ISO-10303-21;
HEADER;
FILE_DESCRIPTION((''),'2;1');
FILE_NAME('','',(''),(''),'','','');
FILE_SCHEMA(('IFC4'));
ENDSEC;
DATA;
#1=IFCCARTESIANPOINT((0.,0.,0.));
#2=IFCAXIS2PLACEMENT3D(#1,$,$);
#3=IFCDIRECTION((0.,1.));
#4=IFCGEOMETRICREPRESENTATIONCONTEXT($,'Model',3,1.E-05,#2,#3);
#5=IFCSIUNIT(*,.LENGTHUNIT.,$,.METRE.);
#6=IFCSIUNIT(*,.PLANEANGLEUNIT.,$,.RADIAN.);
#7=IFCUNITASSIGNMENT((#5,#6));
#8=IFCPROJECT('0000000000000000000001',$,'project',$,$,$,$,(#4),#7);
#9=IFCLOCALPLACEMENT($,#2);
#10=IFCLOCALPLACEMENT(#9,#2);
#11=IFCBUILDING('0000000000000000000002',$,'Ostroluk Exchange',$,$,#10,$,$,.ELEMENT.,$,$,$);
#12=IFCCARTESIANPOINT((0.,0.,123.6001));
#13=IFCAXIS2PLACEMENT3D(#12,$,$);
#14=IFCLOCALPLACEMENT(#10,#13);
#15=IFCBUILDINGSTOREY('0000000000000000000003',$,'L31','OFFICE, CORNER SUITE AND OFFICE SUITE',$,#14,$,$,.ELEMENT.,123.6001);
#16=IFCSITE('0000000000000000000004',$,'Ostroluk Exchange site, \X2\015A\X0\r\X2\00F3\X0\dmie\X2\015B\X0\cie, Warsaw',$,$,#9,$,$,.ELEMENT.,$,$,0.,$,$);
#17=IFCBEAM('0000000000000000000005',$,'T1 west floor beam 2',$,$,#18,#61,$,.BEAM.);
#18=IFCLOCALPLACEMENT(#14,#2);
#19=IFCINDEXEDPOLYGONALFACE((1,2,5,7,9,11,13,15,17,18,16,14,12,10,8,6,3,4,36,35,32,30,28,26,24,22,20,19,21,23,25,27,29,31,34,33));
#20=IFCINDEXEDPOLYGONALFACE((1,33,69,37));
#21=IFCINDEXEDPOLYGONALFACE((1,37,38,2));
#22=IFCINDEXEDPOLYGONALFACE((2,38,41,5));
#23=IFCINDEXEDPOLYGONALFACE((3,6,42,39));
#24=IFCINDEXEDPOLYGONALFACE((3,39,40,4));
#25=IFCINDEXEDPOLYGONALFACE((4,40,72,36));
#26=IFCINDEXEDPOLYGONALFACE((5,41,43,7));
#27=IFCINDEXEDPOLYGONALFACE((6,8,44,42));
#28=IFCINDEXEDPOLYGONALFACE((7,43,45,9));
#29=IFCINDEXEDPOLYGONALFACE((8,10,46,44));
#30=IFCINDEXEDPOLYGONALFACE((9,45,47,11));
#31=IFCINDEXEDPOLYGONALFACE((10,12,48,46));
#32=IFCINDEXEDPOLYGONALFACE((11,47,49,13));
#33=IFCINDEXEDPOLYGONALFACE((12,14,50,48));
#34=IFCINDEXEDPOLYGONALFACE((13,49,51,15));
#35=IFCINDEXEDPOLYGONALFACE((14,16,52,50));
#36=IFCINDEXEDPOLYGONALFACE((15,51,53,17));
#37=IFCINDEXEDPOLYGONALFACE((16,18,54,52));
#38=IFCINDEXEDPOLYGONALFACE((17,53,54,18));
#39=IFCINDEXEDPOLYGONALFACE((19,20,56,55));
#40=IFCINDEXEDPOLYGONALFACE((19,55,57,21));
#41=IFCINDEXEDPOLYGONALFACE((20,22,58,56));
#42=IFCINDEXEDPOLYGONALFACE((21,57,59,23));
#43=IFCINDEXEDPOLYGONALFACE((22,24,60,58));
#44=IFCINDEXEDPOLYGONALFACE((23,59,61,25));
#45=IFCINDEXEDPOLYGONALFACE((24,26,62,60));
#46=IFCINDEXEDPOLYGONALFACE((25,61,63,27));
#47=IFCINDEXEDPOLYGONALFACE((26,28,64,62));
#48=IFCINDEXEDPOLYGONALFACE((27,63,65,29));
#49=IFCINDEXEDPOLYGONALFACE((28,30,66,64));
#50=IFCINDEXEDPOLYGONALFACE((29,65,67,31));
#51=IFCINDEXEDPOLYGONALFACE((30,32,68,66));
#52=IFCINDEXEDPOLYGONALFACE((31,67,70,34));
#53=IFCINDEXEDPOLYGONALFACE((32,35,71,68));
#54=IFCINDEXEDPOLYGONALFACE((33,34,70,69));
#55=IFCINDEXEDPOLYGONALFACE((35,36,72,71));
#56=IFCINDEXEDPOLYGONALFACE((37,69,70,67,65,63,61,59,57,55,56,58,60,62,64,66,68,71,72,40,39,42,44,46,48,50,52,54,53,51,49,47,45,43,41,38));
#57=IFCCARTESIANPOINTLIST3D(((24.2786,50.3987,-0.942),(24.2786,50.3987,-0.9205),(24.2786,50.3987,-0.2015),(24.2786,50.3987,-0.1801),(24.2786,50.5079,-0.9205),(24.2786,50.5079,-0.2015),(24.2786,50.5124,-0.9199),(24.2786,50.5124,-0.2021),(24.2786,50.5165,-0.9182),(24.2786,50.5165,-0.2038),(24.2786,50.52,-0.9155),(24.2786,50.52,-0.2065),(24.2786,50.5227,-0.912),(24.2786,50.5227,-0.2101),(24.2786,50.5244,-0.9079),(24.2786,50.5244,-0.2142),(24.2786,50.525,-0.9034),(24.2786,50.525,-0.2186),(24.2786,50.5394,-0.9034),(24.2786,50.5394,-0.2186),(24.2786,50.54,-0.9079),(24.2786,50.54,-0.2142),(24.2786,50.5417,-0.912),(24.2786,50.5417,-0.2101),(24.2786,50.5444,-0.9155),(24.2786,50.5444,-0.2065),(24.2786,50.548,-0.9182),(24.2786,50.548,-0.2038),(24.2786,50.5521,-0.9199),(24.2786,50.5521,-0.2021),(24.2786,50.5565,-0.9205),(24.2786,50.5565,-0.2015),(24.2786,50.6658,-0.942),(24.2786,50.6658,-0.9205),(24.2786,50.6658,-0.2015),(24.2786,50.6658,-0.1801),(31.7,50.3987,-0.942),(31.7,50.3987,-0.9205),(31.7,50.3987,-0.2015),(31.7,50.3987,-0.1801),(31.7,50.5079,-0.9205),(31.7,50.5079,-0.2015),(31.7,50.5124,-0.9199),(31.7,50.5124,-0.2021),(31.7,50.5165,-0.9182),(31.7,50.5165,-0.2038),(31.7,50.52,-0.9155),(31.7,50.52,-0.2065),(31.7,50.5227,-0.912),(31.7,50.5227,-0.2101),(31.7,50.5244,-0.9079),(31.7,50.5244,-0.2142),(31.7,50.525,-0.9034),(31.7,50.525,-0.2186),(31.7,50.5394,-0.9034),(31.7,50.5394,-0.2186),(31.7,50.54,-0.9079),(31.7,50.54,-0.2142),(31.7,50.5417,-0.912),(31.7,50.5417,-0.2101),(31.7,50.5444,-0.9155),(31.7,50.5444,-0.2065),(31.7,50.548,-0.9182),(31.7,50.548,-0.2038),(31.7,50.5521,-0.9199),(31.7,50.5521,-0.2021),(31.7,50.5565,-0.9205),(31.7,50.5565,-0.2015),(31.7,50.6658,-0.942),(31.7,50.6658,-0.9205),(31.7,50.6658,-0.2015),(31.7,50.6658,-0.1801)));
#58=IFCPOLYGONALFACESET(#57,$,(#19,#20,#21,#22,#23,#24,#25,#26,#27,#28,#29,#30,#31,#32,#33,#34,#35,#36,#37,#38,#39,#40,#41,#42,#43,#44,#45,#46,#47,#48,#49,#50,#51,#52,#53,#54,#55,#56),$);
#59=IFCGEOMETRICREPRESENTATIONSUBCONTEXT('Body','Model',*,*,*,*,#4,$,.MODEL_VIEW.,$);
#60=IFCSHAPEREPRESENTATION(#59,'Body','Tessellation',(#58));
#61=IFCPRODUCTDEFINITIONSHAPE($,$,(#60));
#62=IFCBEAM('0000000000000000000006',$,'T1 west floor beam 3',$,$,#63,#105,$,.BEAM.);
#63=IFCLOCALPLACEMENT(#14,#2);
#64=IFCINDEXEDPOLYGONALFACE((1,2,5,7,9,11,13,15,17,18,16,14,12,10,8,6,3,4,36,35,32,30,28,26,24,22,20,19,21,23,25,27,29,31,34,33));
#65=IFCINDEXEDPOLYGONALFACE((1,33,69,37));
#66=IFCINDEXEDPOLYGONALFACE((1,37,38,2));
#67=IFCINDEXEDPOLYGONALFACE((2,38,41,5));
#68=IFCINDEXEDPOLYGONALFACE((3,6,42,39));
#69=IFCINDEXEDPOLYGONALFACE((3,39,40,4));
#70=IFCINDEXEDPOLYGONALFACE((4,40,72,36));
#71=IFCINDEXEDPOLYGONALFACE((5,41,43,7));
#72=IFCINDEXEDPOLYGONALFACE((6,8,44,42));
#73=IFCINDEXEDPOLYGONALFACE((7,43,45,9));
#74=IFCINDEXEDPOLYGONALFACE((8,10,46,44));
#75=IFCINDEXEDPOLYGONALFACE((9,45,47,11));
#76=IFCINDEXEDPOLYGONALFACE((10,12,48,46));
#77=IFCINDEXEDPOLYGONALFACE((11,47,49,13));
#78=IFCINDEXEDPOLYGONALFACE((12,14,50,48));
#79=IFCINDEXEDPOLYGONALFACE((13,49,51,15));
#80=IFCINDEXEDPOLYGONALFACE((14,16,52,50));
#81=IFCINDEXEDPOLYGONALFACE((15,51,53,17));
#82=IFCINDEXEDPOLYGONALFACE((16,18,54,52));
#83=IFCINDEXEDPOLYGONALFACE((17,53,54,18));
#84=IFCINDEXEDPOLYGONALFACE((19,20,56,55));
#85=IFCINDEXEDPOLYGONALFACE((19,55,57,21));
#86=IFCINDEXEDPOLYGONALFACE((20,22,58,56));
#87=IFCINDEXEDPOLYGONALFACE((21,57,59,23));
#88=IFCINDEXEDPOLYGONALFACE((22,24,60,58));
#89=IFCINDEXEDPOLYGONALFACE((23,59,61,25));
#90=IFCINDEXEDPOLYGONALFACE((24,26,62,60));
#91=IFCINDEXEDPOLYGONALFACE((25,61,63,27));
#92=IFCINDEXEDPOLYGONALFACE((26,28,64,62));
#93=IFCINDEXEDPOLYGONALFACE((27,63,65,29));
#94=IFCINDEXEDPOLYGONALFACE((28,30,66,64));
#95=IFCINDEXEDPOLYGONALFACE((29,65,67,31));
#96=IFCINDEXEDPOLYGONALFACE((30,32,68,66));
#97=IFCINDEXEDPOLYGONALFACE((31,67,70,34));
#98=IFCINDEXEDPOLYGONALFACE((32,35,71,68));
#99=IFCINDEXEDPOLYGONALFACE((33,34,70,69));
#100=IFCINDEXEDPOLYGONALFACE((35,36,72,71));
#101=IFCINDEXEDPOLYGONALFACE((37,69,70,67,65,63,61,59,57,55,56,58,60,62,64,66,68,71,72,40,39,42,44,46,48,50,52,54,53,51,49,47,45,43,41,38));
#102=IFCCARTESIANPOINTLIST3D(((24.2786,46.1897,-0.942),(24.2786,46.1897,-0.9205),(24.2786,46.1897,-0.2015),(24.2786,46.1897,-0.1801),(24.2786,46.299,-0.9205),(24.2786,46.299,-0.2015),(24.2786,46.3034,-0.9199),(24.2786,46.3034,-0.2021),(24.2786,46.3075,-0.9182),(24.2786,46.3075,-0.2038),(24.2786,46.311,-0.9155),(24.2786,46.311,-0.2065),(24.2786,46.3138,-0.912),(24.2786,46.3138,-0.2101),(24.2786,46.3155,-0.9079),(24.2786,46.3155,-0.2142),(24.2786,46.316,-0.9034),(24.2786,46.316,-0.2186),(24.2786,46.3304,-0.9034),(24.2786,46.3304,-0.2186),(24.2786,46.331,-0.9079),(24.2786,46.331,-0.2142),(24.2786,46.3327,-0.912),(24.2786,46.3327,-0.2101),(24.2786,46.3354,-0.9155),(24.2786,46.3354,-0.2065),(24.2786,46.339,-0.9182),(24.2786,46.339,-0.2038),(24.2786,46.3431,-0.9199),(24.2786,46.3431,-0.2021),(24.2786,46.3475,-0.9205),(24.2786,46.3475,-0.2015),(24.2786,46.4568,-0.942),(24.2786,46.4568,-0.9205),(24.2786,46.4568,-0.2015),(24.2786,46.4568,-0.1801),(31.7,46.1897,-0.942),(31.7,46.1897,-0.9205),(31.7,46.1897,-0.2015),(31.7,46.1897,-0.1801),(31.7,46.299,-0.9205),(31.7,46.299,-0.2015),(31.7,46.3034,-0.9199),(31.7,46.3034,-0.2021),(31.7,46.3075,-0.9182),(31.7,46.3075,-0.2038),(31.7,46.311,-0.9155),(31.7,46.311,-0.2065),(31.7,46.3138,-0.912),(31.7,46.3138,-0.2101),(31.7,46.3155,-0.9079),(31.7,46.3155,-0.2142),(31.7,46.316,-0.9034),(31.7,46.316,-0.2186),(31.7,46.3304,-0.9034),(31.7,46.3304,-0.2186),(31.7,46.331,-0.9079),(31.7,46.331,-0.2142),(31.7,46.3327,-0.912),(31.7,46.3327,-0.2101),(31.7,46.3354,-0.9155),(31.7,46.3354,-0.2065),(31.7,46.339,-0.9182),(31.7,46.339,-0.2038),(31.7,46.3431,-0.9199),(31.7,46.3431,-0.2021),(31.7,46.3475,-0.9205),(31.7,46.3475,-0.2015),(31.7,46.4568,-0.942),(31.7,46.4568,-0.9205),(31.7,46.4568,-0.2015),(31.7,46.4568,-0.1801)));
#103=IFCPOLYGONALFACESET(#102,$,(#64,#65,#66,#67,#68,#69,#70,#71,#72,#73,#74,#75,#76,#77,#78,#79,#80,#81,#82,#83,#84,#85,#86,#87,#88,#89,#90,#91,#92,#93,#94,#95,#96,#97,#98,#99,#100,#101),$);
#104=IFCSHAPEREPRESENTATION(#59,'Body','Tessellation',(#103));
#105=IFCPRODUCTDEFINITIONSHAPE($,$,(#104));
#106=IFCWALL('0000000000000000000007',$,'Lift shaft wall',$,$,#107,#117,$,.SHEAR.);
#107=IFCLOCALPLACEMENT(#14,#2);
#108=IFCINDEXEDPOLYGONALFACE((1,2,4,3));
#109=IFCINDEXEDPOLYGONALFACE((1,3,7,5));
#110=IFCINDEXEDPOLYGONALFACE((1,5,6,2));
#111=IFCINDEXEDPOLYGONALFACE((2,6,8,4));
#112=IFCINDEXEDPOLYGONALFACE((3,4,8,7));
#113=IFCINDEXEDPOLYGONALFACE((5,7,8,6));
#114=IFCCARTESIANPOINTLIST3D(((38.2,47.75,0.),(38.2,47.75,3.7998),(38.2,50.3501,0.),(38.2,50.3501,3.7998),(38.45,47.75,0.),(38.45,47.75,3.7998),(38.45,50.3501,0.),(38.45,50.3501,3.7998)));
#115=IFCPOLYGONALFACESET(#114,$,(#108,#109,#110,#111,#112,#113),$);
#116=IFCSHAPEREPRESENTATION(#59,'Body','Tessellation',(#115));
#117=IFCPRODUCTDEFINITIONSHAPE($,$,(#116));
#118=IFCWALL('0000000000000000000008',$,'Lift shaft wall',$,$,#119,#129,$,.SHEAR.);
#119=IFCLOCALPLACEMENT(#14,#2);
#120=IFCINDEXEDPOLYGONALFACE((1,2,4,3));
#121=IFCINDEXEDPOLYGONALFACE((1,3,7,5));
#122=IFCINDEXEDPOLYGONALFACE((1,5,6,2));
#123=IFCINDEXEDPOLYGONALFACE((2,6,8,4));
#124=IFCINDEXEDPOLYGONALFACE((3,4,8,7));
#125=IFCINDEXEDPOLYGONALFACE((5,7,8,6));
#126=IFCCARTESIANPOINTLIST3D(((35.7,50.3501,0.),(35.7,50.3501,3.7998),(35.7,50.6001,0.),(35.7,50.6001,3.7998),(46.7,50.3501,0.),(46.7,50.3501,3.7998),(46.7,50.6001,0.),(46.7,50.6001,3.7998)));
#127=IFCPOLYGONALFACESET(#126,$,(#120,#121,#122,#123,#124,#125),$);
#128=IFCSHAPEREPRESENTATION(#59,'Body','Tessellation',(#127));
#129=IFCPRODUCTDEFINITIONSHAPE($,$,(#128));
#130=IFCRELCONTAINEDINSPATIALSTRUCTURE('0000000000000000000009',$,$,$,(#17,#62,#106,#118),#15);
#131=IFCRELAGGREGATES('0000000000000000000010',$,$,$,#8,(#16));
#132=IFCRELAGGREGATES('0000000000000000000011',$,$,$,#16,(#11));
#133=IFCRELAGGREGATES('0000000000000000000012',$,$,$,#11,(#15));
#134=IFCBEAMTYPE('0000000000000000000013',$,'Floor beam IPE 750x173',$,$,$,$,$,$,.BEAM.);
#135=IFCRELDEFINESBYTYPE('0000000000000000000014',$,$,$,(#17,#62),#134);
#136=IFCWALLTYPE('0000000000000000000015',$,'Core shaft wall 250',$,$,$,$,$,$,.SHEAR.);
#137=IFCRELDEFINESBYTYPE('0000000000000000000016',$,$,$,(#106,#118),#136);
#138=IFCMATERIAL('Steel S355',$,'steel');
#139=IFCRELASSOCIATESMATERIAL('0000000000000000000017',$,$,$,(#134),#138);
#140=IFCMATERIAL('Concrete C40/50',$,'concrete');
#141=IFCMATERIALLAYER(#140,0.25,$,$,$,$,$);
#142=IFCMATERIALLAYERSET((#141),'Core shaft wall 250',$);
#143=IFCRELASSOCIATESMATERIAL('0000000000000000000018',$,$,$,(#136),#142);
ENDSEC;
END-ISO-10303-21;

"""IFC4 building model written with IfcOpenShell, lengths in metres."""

from ifc_helpers import new_model, si_unit, direction, frame, frame_2d, origin, origin_2d, place, context, subcontext, project, spatial, rectangle, i_section, extrude, material, layer, layer_set, material_profile, profile_set, type_object, element, save


model = new_model("IFC4")

# Units and contexts
model_context = context("Model", 3, precision=1e-05, world=origin(), true_north=direction((0.0, 1.0)))
body_context = subcontext(model_context, "Body", "Model", "MODEL_VIEW")
ifc_project = project(units=[si_unit("LENGTHUNIT", "METRE"), si_unit("PLANEANGLEUNIT", "RADIAN")], contexts=[model_context])

# Site, building, storey
site_placement = place(None, origin())
site = spatial("IfcSite", under=ifc_project, at=site_placement, Name="Ostroluk Exchange site, Śródmieście, Warsaw", CompositionType="ELEMENT", RefElevation=0.0)
building_placement = place(site_placement, origin())
building = spatial("IfcBuilding", under=site, at=building_placement, Name="Ostroluk Exchange", CompositionType="ELEMENT")
storey_placement = place(building_placement, frame((0.0, 0.0, 123.6001)))
storey = spatial("IfcBuildingStorey", under=building, at=storey_placement, Name="L31", Description="OFFICE, CORNER SUITE AND OFFICE SUITE", CompositionType="ELEMENT", Elevation=123.6001)

# Beams
ifc_material_1 = material(Name="Steel S355", Category="steel")
ifc_material_profile = material_profile(ifc_material_1, i_section(OverallWidth=0.2671, OverallDepth=0.762, WebThickness=0.0144, FlangeThickness=0.0215, FilletRadius=0.0171, at=origin_2d()), Name="IPE 750x173")
ifc_profile_set = profile_set([ifc_material_profile], Name="Steel S355")
beam_type = type_object("IfcBeamType", Name="Floor beam IPE 750x173", PredefinedType="BEAM", material=ifc_profile_set)
for number, where, z_axis, x_axis, name in (
    (1, (31.7, 50.5322, -0.561), (-1.0, 0.0, 0.0), (0.0, -1.0, 0.0), "T1 west floor beam 2"),
    (2, (31.7, 46.3232, -0.561), (-1.0, 0.0, 0.0), (0.0, -1.0, 0.0), "T1 west floor beam 3"),
):
    element("IfcBeam", number, at=place(storey_placement, frame(where, z_axis=z_axis, x_axis=x_axis)), inside=storey, type_object=beam_type, Name=name, PredefinedType="BEAM", context=body_context, shape_type="SweptSolid", body=[
        extrude(i_section(OverallWidth=0.2671, OverallDepth=0.762, WebThickness=0.0144, FlangeThickness=0.0215, FilletRadius=0.0171, at=origin_2d()), origin(), (0.0, 0.0, 1.0), 7.4214),
    ])

# Walls
ifc_material_2 = material(Name="Concrete C40/50", Category="concrete")
ifc_layer = layer(ifc_material_2, 0.25)
ifc_layer_set = layer_set([ifc_layer], Name="Core shaft wall 250")
wall_type = type_object("IfcWallType", Name="Core shaft wall 250", PredefinedType="SHEAR", material=ifc_layer_set)
wall_1_placement = place(storey_placement, frame((38.325, 47.75, 0.0), z_axis=(0.0, 0.0, 1.0), x_axis=(0.0, 1.0, 0.0)))
element("IfcWall", 3, at=wall_1_placement, inside=storey, type_object=wall_type, Name="Lift shaft wall", PredefinedType="SHEAR", context=body_context, shape_type="SweptSolid", body=[
    extrude(rectangle(XDim=2.6001, YDim=0.25, at=frame_2d((1.3, 0.0))), origin(), (0.0, 0.0, 1.0), 3.7998),
])
wall_2_placement = place(storey_placement, frame((35.7, 50.4751, 0.0), z_axis=(0.0, 0.0, 1.0), x_axis=(1.0, 0.0, 0.0)))
element("IfcWall", 4, at=wall_2_placement, inside=storey, type_object=wall_type, Name="Lift shaft wall", PredefinedType="SHEAR", context=body_context, shape_type="SweptSolid", body=[
    extrude(rectangle(XDim=11.0, YDim=0.25, at=frame_2d((5.5, 0.0))), origin(), (0.0, 0.0, 1.0), 3.7998),
])

save(model, "model.ifc")
